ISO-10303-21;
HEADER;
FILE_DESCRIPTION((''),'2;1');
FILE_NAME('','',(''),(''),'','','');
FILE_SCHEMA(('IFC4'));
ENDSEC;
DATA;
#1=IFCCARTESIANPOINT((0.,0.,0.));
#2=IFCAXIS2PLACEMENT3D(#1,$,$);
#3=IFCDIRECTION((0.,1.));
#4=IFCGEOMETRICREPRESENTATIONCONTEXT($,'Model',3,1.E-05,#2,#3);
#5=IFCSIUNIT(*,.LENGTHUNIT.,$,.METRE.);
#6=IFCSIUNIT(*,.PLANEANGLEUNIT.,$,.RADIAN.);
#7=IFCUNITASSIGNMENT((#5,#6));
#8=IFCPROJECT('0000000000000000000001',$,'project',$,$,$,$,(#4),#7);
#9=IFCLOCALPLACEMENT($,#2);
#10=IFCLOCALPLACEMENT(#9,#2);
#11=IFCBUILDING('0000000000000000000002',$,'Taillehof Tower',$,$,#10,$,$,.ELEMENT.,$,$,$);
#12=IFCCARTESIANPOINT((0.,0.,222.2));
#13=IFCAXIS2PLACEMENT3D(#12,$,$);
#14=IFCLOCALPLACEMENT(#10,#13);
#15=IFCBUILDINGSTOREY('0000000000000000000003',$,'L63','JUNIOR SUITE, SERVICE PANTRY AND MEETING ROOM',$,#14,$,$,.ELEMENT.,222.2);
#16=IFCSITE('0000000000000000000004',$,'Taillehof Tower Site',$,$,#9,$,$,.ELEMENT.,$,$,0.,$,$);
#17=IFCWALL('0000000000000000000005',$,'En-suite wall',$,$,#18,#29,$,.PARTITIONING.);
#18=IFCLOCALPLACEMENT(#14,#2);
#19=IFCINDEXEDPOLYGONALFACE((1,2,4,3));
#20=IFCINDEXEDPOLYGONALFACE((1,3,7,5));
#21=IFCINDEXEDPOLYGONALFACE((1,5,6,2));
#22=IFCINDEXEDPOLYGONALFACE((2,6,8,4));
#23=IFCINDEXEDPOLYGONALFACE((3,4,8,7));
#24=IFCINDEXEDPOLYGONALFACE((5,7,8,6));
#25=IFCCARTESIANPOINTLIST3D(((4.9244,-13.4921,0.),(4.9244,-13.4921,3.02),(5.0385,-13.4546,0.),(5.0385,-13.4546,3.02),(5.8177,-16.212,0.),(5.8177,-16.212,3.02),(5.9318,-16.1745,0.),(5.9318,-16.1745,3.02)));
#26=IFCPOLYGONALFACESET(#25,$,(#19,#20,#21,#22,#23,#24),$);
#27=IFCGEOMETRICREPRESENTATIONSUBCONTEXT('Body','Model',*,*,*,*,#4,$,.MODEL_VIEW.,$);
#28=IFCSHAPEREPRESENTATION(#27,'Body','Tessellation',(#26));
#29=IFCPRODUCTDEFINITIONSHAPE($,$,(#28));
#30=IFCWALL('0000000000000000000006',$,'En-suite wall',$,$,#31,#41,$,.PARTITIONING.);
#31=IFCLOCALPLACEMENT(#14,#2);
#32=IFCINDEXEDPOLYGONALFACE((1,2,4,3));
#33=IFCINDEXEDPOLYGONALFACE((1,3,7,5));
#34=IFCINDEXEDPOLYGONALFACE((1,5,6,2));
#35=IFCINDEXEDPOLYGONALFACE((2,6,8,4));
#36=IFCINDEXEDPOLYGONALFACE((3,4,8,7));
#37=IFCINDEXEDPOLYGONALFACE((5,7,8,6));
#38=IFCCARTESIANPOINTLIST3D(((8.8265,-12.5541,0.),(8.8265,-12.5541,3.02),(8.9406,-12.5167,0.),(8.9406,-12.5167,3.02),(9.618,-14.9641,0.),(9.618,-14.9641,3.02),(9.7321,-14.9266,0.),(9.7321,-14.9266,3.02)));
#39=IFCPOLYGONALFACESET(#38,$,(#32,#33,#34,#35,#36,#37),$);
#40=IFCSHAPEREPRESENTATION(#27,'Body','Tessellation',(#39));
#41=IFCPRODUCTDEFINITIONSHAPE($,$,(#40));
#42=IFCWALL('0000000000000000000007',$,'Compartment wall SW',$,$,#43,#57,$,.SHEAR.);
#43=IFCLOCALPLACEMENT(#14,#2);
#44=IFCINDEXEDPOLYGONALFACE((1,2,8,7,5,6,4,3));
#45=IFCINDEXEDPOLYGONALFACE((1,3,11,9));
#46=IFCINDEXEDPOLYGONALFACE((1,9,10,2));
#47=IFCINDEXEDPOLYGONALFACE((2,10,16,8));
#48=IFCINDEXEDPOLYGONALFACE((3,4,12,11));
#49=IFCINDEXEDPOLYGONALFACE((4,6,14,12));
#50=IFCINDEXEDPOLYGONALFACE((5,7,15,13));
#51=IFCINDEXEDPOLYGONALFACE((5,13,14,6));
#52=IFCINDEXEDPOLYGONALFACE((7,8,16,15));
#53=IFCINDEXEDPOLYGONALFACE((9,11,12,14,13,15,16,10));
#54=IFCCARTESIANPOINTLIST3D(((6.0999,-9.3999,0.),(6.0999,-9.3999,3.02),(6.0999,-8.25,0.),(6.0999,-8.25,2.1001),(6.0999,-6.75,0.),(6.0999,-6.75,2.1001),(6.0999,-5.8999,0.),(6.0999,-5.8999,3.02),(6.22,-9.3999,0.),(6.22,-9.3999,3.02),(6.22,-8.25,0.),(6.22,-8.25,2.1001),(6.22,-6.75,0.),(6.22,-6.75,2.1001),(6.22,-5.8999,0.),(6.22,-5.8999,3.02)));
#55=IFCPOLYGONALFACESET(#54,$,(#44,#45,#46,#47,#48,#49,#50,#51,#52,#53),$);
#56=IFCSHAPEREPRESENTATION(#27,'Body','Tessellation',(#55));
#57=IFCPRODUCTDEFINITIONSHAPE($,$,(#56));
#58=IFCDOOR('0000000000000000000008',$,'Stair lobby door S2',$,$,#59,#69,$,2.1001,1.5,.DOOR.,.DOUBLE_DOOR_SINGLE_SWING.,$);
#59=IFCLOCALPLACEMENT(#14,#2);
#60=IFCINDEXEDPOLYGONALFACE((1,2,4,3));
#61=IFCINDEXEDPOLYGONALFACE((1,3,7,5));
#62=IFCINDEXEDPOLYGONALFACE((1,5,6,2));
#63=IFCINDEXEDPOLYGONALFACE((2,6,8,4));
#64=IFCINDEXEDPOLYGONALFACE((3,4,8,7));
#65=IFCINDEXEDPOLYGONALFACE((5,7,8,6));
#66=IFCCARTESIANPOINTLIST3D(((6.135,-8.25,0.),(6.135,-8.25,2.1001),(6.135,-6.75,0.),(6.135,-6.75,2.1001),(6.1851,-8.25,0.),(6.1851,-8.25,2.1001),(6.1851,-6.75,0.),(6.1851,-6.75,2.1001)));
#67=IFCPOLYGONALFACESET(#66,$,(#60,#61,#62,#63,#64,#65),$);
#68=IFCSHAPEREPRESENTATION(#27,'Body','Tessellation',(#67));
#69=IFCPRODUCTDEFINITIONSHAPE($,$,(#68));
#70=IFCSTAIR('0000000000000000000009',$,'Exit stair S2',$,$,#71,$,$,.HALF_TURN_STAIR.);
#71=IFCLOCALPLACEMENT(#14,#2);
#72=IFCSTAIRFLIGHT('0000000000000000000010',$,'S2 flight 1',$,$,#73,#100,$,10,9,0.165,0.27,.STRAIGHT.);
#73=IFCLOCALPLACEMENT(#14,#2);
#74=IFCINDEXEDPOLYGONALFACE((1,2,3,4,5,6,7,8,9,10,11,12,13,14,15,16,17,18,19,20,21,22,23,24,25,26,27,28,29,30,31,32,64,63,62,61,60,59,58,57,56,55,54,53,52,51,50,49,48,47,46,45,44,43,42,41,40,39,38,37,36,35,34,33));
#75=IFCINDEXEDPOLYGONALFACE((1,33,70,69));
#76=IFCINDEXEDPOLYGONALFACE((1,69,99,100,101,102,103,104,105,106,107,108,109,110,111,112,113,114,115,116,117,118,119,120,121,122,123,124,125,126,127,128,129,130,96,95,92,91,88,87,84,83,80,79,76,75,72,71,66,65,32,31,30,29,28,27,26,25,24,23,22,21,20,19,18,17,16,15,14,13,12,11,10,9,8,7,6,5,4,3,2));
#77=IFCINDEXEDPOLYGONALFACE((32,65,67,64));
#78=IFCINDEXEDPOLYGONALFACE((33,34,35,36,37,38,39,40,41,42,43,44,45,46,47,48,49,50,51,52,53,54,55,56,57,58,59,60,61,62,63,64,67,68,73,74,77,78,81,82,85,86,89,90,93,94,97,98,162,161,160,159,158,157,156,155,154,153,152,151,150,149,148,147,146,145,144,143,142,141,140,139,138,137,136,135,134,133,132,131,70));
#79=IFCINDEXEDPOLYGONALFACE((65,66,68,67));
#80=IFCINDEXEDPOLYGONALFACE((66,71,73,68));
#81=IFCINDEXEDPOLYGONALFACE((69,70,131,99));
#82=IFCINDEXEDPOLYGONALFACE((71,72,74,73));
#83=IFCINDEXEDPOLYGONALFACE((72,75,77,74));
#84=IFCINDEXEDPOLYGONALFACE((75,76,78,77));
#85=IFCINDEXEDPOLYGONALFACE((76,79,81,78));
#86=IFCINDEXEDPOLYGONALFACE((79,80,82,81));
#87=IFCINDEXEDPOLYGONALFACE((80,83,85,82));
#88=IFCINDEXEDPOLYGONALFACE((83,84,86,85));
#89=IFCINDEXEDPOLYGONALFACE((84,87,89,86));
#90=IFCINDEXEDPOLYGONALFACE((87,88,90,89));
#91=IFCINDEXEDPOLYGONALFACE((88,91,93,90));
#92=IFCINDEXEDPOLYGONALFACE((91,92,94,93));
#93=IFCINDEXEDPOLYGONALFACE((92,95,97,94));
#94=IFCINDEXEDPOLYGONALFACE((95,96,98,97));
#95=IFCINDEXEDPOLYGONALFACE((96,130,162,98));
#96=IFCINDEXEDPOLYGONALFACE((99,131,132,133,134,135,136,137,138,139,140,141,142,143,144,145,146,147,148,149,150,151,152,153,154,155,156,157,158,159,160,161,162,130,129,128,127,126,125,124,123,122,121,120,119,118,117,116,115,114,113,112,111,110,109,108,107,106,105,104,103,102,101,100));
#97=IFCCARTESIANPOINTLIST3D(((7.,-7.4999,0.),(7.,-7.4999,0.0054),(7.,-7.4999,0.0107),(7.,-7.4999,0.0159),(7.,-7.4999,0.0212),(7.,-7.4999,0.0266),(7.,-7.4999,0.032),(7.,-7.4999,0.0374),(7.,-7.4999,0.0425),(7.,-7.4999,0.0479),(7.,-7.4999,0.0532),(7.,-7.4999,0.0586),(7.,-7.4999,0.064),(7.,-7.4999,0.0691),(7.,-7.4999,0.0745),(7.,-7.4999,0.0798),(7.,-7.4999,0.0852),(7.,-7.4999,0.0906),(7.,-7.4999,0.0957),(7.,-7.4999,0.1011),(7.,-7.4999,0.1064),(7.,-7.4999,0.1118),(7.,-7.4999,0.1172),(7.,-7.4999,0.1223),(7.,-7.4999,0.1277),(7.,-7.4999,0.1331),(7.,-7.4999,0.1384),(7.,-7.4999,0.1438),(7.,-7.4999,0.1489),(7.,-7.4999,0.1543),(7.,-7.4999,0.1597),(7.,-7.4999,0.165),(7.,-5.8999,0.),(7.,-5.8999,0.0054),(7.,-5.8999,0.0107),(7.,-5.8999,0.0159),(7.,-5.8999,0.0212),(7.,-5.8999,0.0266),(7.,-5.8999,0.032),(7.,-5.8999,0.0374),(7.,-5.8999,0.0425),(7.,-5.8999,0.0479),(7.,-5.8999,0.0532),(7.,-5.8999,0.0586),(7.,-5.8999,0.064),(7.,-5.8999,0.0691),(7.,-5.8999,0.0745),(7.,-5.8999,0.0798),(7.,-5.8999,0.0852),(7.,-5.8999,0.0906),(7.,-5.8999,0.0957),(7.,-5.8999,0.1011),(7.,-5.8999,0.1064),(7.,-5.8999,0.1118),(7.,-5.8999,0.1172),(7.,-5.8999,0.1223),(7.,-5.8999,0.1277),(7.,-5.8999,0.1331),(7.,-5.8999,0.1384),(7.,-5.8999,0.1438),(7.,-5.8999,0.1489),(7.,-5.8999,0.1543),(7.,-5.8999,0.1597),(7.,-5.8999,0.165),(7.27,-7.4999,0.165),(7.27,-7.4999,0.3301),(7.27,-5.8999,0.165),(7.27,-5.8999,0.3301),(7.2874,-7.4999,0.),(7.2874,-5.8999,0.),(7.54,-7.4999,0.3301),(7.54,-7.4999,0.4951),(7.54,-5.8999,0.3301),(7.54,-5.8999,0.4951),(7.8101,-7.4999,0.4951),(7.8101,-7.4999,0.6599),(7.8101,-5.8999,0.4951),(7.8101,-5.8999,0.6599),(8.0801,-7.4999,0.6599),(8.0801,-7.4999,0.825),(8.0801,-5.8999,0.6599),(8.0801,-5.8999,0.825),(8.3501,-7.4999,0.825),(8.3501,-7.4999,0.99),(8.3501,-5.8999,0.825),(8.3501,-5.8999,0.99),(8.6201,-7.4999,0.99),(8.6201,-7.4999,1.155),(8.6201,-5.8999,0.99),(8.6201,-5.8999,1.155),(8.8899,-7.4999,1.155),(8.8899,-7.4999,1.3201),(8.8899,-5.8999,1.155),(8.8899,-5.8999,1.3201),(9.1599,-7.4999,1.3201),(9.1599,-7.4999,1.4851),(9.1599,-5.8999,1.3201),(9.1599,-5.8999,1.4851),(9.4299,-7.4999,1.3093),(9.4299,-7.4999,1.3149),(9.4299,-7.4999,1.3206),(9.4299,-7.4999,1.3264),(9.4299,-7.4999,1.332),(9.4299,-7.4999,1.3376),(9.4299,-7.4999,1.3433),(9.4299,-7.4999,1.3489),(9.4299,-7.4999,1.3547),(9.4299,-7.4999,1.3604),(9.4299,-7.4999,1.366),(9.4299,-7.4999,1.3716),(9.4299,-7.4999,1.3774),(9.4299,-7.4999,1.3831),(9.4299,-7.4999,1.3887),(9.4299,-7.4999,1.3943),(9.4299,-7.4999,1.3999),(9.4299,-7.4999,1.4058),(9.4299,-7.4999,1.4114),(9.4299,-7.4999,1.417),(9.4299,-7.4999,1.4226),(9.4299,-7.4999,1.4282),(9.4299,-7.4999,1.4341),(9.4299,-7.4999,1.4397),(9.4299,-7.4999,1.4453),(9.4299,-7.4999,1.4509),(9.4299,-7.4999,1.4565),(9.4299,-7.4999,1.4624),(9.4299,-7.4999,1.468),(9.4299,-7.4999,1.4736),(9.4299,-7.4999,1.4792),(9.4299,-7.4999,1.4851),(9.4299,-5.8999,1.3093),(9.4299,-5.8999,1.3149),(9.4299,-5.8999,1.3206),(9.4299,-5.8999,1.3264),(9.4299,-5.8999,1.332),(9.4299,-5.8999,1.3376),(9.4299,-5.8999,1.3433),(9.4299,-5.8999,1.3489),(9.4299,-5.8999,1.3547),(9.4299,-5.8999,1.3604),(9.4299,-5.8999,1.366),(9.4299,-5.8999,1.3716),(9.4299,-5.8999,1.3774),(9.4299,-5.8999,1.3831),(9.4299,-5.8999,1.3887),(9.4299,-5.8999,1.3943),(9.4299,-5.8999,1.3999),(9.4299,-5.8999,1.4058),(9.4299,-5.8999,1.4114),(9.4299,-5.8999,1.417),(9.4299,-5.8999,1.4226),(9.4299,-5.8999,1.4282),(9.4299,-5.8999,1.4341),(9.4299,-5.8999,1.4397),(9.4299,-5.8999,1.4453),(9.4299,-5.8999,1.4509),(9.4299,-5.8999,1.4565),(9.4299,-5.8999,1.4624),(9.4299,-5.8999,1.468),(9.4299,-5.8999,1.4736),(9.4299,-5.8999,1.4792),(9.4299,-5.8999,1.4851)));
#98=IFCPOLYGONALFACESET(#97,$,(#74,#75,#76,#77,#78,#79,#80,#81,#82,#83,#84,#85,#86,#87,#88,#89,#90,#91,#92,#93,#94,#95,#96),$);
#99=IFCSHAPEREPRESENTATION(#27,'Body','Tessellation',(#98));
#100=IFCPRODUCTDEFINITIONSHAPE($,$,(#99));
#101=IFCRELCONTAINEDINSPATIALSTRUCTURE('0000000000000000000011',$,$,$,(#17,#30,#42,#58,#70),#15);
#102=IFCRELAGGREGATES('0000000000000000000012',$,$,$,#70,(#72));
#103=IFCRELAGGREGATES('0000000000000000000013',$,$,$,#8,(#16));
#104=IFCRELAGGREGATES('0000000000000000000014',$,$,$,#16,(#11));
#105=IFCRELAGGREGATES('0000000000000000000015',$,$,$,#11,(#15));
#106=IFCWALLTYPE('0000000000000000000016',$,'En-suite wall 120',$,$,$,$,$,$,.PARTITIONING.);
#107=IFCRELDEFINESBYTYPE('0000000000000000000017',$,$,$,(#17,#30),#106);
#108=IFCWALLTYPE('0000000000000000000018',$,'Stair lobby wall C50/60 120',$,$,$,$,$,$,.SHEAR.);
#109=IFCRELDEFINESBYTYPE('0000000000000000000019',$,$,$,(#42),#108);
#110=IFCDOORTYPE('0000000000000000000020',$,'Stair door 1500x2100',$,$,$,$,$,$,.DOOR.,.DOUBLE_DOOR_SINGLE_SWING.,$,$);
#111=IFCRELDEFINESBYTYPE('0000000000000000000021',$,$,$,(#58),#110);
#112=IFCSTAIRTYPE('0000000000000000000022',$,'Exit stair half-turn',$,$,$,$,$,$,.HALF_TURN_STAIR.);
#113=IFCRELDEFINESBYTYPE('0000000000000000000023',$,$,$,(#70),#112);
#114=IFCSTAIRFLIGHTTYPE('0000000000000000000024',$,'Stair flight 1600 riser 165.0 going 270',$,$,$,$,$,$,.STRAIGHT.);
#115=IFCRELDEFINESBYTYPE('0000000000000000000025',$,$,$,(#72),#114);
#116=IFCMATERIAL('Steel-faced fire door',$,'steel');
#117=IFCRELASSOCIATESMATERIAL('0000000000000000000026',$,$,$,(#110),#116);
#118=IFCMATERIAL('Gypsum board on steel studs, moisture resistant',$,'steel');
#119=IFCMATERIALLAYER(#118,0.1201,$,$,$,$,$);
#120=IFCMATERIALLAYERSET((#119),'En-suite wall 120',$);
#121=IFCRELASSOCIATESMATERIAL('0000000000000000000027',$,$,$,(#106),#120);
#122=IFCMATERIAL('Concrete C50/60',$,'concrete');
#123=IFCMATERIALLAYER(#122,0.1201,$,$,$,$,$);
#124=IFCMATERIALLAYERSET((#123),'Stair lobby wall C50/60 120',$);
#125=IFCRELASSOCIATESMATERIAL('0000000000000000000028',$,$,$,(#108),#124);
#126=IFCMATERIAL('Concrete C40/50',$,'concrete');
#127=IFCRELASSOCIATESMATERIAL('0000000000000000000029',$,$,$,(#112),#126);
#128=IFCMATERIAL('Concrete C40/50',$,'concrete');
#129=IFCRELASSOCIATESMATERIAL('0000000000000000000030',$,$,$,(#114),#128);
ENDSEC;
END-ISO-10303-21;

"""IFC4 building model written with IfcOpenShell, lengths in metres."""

from ifc_helpers import new_model, si_unit, direction, frame, frame_2d, origin, place, context, subcontext, project, spatial, polyline, rectangle, outline, extrude, material, layer, layer_set, type_object, element, fill, aggregate, save


model = new_model("IFC4")

# Units and contexts
model_context = context("Model", 3, precision=1e-05, world=origin(), true_north=direction((0.0, 1.0)))
body_context = subcontext(model_context, "Body", "Model", "MODEL_VIEW")
ifc_project = project(units=[si_unit("LENGTHUNIT", "METRE"), si_unit("PLANEANGLEUNIT", "RADIAN")], contexts=[model_context])

# Site, building, storey
site_placement = place(None, origin())
site = spatial("IfcSite", under=ifc_project, at=site_placement, Name="Taillehof Tower Site", CompositionType="ELEMENT", RefElevation=0.0)
building_placement = place(site_placement, origin())
building = spatial("IfcBuilding", under=site, at=building_placement, Name="Taillehof Tower", CompositionType="ELEMENT")
storey_placement = place(building_placement, frame((0.0, 0.0, 222.2)))
storey = spatial("IfcBuildingStorey", under=building, at=storey_placement, Name="L63", Description="JUNIOR SUITE, SERVICE PANTRY AND MEETING ROOM", CompositionType="ELEMENT", Elevation=222.2)

# Shared definitions
ifc_material_1 = material(Name="Steel-faced fire door", Category="steel")
door_type_1 = type_object("IfcDoorType", Name="Stair door 1500x2100", OperationType="DOUBLE_DOOR_SINGLE_SWING", PredefinedType="DOOR", material=ifc_material_1)

# Walls
ifc_material_2 = material(Name="Gypsum board on steel studs, moisture resistant", Category="steel")
ifc_layer_1 = layer(ifc_material_2, 0.1201)
ifc_layer_set_1 = layer_set([ifc_layer_1], Name="En-suite wall 120")
wall_type_1 = type_object("IfcWallType", Name="En-suite wall 120", PredefinedType="PARTITIONING", material=ifc_layer_set_1)
wall_1_placement = place(storey_placement, frame((4.9814, -13.4734, 0.0), z_axis=(0.0, 0.0, 1.0), x_axis=(0.312029, -0.950073, 0.0)))
element("IfcWall", 1, at=wall_1_placement, inside=storey, type_object=wall_type_1, Name="En-suite wall", PredefinedType="PARTITIONING", context=body_context, shape_type="SweptSolid", body=[
    extrude(rectangle(XDim=2.8628, YDim=0.1201, at=frame_2d((1.4314, 0.0))), origin(), (0.0, 0.0, 1.0), 3.02),
])
wall_2_placement = place(storey_placement, frame((8.8835, -12.5354, 0.0), z_axis=(0.0, 0.0, 1.0), x_axis=(0.312038, -0.95007, 0.0)))
element("IfcWall", 2, at=wall_2_placement, inside=storey, type_object=wall_type_1, Name="En-suite wall", PredefinedType="PARTITIONING", context=body_context, shape_type="SweptSolid", body=[
    extrude(rectangle(XDim=2.5366, YDim=0.1201, at=frame_2d((1.2683, 0.0))), origin(), (0.0, 0.0, 1.0), 3.02),
])

# Wall, opening, door
ifc_material_3 = material(Name="Concrete C50/60", Category="concrete")
ifc_layer_2 = layer(ifc_material_3, 0.1201)
ifc_layer_set_2 = layer_set([ifc_layer_2], Name="Stair lobby wall C50/60 120")
wall_type_2 = type_object("IfcWallType", Name="Stair lobby wall C50/60 120", PredefinedType="SHEAR", material=ifc_layer_set_2)
wall_3_placement = place(storey_placement, frame((6.1599, -9.3999, 0.0), z_axis=(0.0, 0.0, 1.0), x_axis=(0.0, 1.0, 0.0)))
wall_3 = element("IfcWall", 3, at=wall_3_placement, inside=storey, type_object=wall_type_2, Name="Compartment wall SW", PredefinedType="SHEAR", context=body_context, shape_type="SweptSolid", body=[
    extrude(rectangle(XDim=3.5, YDim=0.1201, at=frame_2d((1.75, 0.0))), origin(), (0.0, 0.0, 1.0), 3.02),
])
opening_1_placement = place(wall_3_placement, frame((1.1499, 0.0, 0.0)))
opening_1 = element("IfcOpeningElement", 4, at=opening_1_placement, cuts=wall_3, PredefinedType="OPENING", context=body_context, shape_type="SweptSolid", body=[
    extrude(rectangle(XDim=1.5, YDim=2.1001, at=frame_2d((0.75, 1.05))), frame((0.0, 0.0701, 0.0), z_axis=(0.0, -1.0, 0.0), x_axis=(1.0, 0.0, 0.0)), (0.0, 0.0, 1.0), 0.1401),
])
door_1_placement = place(opening_1_placement, origin())
door_1 = element("IfcDoor", 5, at=door_1_placement, inside=storey, type_object=door_type_1, Name="Stair lobby door S2", OperationType="DOUBLE_DOOR_SINGLE_SWING", OverallHeight=2.1001, OverallWidth=1.5, PredefinedType="DOOR", context=body_context, shape_type="SweptSolid", body=[
    extrude(rectangle(XDim=1.5, YDim=2.1001, at=frame_2d((0.75, 1.05))), frame((0.0, 0.0249, 0.0), z_axis=(0.0, -1.0, 0.0), x_axis=(1.0, 0.0, 0.0)), (0.0, 0.0, 1.0), 0.05),
])
fill(opening_1, door_1)

# Stair, stair flight
ifc_material_4 = material(Name="Concrete C40/50", Category="concrete")
stair_type = type_object("IfcStairType", Name="Exit stair half-turn", PredefinedType="HALF_TURN_STAIR", material=ifc_material_4)
stair_placement = place(storey_placement, origin())
stair = element("IfcStair", 6, at=stair_placement, inside=storey, type_object=stair_type, Name="Exit stair S2", PredefinedType="HALF_TURN_STAIR")
ifc_material_5 = material(Name="Concrete C40/50", Category="concrete")
stair_flight_type = type_object("IfcStairFlightType", Name="Stair flight 1600 riser 165.0 going 270", PredefinedType="STRAIGHT", material=ifc_material_5)
stair_flight_placement = place(storey_placement, frame((7.0, -6.7, 0.0), z_axis=(0.0, 0.0, 1.0), x_axis=(1.0, 0.0, 0.0)))
stair_flight = element("IfcStairFlight", 7, at=stair_flight_placement, type_object=stair_flight_type, Name="S2 flight 1", NumberOfRisers=10, NumberOfTreads=9, PredefinedType="STRAIGHT", RiserHeight=0.165, TreadLength=0.27, context=body_context, shape_type="SweptSolid", body=[
    extrude(outline(polyline([(0.0, 0.0), (0.0, 0.0054), (0.0, 0.0107), (0.0, 0.0159), (0.0, 0.0212), (0.0, 0.0266), (0.0, 0.032), (0.0, 0.0374), (0.0, 0.0425), (0.0, 0.0479), (0.0, 0.0532), (0.0, 0.0586), (0.0, 0.064), (0.0, 0.0691), (0.0, 0.0745), (0.0, 0.0798), (0.0, 0.0852), (0.0, 0.0906), (0.0, 0.0957), (0.0, 0.1011), (0.0, 0.1064), (0.0, 0.1118), (0.0, 0.1172), (0.0, 0.1223), (0.0, 0.1277), (0.0, 0.1331), (0.0, 0.1384), (0.0, 0.1438), (0.0, 0.1489), (0.0, 0.1543), (0.0, 0.1597), (0.0, 0.165), (0.27, 0.165), (0.27, 0.3301), (0.54, 0.3301), (0.54, 0.4951), (0.8101, 0.4951), (0.8101, 0.6599), (1.0801, 0.6599), (1.0801, 0.825), (1.3501, 0.825), (1.3501, 0.99), (1.6201, 0.99), (1.6201, 1.155), (1.8899, 1.155), (1.8899, 1.3201), (2.1599, 1.3201), (2.1599, 1.4851), (2.4299, 1.4851), (2.4299, 1.4792), (2.4299, 1.4736), (2.4299, 1.468), (2.4299, 1.4624), (2.4299, 1.4565), (2.4299, 1.4509), (2.4299, 1.4453), (2.4299, 1.4397), (2.4299, 1.4341), (2.4299, 1.4282), (2.4299, 1.4226), (2.4299, 1.417), (2.4299, 1.4114), (2.4299, 1.4058), (2.4299, 1.3999), (2.4299, 1.3943), (2.4299, 1.3887), (2.4299, 1.3831), (2.4299, 1.3774), (2.4299, 1.3716), (2.4299, 1.366), (2.4299, 1.3604), (2.4299, 1.3547), (2.4299, 1.3489), (2.4299, 1.3433), (2.4299, 1.3376), (2.4299, 1.332), (2.4299, 1.3264), (2.4299, 1.3206), (2.4299, 1.3149), (2.4299, 1.3093), (0.2874, 0.0), (0.0, 0.0)])), frame((0.0, 0.8, 0.0), z_axis=(0.0, -1.0, 0.0), x_axis=(1.0, 0.0, 0.0)), (0.0, 0.0, 1.0), 1.6),
])
aggregate(stair, [stair_flight])

save(model, "model.ifc")
